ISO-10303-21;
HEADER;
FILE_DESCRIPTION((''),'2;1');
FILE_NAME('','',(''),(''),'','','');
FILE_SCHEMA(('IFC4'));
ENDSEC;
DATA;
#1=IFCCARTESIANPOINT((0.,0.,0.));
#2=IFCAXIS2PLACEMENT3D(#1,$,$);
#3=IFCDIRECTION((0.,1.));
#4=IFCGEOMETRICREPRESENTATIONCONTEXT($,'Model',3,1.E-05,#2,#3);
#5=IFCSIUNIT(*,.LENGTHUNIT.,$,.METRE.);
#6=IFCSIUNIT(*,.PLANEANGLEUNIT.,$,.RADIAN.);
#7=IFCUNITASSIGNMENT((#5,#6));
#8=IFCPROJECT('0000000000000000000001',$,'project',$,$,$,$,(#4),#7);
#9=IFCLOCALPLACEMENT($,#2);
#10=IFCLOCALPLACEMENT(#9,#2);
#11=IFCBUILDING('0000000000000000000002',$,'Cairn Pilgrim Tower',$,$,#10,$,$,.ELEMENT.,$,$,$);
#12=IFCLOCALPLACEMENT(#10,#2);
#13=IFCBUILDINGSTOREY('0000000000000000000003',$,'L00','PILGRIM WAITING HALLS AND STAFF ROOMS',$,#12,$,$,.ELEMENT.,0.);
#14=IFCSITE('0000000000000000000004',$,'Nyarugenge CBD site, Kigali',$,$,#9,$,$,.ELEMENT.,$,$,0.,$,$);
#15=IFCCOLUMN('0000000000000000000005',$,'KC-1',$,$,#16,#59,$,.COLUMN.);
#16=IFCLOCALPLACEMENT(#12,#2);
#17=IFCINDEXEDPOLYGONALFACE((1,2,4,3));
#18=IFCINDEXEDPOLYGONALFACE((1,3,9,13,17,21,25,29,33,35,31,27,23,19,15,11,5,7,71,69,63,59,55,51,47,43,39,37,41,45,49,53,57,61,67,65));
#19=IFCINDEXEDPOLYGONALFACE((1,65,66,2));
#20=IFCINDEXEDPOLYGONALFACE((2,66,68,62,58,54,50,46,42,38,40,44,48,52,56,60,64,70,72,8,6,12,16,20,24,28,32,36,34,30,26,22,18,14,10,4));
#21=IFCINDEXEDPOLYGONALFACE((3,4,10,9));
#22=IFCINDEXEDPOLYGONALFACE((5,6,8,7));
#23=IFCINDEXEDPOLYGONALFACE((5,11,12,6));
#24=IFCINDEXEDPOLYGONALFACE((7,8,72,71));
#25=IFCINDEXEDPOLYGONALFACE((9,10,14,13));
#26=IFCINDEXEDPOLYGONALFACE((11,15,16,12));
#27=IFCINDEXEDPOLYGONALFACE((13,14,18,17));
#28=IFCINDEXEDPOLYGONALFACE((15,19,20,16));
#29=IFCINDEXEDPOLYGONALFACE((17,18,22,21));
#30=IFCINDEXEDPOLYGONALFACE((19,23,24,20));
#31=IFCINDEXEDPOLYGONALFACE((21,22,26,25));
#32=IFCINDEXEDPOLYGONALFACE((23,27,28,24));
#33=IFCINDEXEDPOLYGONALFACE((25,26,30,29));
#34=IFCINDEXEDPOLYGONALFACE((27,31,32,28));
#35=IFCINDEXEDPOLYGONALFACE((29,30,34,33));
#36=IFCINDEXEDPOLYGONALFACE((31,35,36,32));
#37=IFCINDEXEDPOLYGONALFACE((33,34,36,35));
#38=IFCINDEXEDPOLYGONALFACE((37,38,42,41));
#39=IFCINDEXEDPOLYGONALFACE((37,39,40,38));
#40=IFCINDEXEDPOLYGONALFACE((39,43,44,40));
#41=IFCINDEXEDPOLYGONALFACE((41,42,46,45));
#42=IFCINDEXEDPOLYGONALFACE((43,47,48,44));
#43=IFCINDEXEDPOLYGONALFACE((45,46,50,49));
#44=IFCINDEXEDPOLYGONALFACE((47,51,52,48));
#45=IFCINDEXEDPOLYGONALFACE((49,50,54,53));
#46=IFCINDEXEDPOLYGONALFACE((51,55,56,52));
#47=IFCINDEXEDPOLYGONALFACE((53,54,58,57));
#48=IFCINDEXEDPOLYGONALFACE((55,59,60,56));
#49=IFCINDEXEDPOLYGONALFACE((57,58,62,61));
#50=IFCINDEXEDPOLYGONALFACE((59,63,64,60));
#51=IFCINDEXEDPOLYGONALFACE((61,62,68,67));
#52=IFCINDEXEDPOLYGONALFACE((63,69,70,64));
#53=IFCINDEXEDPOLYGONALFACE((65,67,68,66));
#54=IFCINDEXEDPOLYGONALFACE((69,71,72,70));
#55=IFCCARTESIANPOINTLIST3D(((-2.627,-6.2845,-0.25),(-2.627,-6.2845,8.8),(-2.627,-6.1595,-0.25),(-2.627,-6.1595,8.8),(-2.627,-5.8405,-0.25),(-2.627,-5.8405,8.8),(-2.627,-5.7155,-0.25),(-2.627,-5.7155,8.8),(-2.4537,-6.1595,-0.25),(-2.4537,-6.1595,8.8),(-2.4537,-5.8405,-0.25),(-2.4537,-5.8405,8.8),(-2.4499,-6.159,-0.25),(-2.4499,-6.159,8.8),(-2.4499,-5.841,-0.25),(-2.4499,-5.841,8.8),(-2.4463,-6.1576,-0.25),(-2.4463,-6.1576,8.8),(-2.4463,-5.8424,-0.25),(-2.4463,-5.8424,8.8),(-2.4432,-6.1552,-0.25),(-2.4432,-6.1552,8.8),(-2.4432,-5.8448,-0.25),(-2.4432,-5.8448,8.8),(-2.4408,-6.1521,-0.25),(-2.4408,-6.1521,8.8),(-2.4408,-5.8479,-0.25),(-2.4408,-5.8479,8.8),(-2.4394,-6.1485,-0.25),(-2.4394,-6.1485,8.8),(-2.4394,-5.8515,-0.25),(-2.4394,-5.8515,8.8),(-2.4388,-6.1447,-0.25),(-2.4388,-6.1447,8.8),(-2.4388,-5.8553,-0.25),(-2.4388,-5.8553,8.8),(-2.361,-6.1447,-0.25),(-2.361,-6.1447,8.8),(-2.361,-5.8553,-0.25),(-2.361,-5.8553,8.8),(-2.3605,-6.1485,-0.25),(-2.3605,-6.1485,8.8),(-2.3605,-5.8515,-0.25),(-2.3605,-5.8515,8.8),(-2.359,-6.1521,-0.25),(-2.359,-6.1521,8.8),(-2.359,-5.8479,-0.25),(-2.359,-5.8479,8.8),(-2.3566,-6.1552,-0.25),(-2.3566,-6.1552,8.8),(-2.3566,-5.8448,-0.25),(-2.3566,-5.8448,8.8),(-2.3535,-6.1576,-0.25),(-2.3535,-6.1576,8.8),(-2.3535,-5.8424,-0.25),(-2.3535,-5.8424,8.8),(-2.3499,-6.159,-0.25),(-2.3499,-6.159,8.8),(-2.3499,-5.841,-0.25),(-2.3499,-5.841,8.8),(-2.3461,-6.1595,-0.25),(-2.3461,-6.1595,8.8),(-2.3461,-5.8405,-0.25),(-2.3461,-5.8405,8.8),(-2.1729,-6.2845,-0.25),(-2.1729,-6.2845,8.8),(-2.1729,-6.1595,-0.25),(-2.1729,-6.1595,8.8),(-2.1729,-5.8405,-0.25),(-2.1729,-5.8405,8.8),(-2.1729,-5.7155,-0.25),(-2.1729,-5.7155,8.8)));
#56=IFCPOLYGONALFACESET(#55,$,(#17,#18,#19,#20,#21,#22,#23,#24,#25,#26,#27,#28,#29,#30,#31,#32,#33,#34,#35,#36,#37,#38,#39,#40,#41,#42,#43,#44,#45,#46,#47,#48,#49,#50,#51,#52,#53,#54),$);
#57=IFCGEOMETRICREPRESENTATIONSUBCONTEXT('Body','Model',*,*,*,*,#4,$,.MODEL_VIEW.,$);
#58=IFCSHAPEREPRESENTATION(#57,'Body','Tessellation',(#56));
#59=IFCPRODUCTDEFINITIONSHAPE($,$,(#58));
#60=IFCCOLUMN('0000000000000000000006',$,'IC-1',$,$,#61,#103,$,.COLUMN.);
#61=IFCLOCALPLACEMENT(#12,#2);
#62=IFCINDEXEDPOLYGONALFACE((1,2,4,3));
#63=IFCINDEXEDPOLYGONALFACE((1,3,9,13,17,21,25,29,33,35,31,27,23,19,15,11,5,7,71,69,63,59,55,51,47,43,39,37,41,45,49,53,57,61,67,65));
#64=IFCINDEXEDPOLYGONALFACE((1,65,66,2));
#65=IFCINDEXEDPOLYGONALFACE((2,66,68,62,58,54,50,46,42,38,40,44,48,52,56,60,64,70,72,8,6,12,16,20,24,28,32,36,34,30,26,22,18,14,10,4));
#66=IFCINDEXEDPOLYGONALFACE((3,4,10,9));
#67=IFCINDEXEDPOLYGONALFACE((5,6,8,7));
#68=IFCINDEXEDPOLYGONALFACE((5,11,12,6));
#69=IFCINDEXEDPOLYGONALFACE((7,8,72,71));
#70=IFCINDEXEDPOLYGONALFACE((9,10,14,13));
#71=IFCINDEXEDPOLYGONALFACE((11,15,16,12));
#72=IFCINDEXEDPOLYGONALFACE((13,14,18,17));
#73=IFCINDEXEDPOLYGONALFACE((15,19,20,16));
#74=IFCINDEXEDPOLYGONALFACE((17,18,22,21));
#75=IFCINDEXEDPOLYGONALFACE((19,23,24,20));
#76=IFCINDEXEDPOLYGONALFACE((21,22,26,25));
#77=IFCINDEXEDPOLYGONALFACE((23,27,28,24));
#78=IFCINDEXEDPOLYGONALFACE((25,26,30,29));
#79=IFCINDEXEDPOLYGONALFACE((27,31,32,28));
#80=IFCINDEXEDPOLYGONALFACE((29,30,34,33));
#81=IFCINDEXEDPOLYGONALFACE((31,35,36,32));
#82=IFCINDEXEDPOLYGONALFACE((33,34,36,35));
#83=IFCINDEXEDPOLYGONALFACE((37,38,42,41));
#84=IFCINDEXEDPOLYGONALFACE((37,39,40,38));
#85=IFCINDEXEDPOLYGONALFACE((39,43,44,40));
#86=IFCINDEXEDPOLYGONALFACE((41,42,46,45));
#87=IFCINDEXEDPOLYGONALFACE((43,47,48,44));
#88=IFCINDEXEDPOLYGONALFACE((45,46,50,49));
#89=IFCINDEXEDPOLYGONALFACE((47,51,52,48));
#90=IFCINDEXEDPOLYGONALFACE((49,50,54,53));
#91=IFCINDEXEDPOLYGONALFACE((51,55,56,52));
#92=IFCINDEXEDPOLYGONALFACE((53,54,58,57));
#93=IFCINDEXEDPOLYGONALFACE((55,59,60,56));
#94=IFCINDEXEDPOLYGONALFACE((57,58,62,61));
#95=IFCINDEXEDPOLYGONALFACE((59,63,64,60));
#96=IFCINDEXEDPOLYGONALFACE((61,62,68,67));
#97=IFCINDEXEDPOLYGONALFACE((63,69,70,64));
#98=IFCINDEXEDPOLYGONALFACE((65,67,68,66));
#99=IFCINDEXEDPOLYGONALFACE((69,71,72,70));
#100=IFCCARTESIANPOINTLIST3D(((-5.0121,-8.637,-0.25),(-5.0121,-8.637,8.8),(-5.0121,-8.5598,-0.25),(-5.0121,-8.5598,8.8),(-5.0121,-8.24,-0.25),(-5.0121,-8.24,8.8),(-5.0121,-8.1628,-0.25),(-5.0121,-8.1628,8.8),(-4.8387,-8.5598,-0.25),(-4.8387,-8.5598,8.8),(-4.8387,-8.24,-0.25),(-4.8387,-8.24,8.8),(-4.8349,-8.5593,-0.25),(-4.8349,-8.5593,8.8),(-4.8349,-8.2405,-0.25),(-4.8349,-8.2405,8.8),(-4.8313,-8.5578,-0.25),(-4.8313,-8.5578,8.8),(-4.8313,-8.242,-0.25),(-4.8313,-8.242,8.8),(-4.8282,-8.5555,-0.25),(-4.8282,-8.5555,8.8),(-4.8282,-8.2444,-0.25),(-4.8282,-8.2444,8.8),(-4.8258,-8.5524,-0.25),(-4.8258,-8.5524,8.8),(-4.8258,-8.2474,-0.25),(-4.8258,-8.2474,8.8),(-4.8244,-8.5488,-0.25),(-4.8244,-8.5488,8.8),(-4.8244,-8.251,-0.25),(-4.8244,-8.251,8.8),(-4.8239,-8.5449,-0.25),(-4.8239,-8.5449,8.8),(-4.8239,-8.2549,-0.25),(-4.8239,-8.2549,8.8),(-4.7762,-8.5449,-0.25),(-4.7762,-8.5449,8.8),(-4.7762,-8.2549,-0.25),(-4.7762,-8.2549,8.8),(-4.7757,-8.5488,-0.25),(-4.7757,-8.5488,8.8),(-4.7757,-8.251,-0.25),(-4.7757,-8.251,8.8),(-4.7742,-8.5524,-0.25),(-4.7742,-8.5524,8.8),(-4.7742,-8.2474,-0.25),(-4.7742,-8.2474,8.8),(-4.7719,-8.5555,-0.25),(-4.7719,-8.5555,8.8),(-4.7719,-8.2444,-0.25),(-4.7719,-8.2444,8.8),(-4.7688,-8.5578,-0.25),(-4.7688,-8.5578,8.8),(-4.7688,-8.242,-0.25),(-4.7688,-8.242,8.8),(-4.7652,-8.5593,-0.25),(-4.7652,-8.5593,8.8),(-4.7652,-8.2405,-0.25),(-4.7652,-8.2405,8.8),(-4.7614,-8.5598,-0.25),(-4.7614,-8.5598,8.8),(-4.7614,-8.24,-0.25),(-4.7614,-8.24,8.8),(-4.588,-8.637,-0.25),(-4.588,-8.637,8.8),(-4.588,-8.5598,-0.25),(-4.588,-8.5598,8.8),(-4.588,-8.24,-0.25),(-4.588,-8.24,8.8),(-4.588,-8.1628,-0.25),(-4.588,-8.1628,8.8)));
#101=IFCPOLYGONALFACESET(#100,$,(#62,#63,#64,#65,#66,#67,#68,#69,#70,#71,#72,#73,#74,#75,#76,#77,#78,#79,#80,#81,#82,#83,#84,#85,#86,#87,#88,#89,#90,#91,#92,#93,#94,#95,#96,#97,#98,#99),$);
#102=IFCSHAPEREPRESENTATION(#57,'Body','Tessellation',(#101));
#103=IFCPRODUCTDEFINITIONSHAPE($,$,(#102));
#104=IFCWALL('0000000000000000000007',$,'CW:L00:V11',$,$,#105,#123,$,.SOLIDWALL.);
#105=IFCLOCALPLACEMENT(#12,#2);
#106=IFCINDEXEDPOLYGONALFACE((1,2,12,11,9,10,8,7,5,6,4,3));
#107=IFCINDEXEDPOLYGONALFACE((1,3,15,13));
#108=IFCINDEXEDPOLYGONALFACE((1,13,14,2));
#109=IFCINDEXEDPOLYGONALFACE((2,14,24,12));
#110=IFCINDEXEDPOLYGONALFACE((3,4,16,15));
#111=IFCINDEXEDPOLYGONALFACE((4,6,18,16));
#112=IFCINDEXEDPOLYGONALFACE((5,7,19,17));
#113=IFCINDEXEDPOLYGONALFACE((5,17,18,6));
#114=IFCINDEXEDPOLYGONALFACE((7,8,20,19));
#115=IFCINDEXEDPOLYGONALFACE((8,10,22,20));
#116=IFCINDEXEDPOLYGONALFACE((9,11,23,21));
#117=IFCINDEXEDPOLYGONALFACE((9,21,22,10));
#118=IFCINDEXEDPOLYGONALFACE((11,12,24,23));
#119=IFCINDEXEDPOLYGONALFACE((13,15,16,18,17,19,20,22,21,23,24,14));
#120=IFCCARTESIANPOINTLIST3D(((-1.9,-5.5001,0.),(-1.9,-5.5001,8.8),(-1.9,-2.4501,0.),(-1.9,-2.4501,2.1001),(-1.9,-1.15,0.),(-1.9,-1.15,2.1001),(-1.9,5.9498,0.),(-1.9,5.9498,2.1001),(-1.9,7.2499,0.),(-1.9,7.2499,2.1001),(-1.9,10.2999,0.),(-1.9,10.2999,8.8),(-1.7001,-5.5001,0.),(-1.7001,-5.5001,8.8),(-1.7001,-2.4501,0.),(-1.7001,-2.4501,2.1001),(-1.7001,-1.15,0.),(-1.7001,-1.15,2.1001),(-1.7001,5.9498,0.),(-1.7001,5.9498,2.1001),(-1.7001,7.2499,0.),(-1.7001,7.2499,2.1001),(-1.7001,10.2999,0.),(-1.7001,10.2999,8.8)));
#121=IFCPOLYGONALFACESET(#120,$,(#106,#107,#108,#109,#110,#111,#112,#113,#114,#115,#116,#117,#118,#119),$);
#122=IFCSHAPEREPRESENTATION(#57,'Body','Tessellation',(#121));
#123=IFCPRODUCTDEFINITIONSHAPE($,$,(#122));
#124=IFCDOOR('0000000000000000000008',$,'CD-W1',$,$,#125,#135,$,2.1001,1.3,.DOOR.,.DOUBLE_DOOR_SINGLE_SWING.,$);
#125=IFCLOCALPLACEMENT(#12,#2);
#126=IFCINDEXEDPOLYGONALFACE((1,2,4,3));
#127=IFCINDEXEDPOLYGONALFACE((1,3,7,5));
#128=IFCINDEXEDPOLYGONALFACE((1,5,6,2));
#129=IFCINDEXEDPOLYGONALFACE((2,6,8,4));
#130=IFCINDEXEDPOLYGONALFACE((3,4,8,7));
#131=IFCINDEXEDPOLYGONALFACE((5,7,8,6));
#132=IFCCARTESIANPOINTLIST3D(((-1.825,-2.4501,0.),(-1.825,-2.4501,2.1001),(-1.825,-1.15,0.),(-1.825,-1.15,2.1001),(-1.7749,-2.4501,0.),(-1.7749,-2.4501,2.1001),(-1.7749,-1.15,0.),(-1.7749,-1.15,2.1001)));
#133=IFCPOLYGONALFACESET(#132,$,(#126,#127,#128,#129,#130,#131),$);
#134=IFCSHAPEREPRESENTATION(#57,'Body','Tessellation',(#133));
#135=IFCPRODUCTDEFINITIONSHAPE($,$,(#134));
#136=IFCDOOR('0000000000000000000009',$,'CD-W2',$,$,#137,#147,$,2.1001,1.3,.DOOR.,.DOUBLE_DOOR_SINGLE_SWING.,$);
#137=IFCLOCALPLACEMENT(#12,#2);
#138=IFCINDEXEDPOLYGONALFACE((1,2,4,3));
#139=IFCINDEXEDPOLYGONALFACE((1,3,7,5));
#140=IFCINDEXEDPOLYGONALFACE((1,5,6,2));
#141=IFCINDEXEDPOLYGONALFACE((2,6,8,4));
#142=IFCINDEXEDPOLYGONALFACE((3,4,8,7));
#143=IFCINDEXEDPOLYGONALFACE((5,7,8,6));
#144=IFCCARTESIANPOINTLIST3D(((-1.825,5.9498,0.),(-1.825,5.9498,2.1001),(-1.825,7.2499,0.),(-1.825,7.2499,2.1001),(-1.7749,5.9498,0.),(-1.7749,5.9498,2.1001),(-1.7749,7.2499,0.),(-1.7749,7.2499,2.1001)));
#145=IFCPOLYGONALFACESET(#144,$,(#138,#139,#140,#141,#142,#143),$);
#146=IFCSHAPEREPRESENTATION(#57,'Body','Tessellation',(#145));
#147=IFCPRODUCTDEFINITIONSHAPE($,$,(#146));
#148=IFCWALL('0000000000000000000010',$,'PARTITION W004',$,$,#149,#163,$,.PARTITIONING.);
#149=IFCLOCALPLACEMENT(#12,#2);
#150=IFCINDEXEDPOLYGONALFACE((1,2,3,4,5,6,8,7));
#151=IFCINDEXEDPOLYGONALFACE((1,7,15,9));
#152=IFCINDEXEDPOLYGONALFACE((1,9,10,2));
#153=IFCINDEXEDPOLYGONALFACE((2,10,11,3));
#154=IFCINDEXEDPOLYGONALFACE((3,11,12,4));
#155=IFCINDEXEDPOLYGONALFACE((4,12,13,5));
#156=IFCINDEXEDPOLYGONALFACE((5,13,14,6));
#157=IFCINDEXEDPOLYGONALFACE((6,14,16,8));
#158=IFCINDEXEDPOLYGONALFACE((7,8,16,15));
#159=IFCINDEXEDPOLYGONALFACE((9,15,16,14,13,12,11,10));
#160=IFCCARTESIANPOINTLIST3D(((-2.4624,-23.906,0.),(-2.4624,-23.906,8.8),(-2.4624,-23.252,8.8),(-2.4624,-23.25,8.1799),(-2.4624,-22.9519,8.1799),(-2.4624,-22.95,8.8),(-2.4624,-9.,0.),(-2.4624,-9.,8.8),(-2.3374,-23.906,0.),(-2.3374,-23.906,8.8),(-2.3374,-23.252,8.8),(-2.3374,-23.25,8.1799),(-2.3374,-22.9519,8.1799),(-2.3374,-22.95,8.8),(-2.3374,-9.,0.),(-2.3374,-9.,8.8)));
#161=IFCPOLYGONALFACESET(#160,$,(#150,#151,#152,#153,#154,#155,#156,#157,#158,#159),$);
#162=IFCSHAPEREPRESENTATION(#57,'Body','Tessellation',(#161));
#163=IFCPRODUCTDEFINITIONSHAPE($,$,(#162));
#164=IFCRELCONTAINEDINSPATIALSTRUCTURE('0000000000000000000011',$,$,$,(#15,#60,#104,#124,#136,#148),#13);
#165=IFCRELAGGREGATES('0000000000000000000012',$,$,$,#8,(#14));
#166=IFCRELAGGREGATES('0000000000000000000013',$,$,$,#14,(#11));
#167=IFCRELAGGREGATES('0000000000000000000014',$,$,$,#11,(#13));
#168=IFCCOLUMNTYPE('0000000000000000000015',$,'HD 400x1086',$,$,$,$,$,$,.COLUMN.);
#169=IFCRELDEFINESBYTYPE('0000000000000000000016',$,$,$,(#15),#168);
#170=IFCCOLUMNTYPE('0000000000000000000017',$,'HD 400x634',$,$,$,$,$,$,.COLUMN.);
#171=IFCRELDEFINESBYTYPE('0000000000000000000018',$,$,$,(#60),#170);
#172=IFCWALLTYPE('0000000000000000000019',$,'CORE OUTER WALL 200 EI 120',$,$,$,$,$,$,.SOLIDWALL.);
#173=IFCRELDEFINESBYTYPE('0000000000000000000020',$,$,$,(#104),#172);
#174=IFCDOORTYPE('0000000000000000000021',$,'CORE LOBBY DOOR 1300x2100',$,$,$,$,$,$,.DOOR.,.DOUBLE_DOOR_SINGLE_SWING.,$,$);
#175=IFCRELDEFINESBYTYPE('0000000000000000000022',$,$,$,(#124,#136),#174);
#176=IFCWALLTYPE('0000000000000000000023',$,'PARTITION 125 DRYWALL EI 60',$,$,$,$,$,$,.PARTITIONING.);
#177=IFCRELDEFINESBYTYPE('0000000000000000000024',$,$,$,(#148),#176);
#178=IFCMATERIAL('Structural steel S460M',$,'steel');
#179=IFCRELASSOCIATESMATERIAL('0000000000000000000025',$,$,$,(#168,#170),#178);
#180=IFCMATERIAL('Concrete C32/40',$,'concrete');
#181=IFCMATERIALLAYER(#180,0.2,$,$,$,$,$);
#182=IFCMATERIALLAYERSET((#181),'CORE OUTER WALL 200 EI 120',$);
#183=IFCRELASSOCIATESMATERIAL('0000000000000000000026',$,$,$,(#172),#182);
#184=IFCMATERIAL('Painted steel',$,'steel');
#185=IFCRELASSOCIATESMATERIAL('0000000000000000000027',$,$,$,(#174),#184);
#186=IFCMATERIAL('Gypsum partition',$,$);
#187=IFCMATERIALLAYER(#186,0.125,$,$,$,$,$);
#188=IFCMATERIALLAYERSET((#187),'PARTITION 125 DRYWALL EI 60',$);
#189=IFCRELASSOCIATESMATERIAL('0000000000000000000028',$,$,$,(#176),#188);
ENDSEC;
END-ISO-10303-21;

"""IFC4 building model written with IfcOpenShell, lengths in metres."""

from ifc_helpers import new_model, si_unit, direction, frame, frame_2d, origin, origin_2d, place, context, subcontext, project, spatial, polyline, rectangle, i_section, outline, extrude, material, layer, layer_set, material_profile, profile_set, type_object, element, fill, save


model = new_model("IFC4")

# Units and contexts
model_context = context("Model", 3, precision=1e-05, world=origin(), true_north=direction((0.0, 1.0)))
body_context = subcontext(model_context, "Body", "Model", "MODEL_VIEW")
ifc_project = project(units=[si_unit("LENGTHUNIT", "METRE"), si_unit("PLANEANGLEUNIT", "RADIAN")], contexts=[model_context])

# Site, building, storey
site_placement = place(None, origin())
site = spatial("IfcSite", under=ifc_project, at=site_placement, Name="Nyarugenge CBD site, Kigali", CompositionType="ELEMENT", RefElevation=0.0)
building_placement = place(site_placement, origin())
building = spatial("IfcBuilding", under=site, at=building_placement, Name="Cairn Pilgrim Tower", CompositionType="ELEMENT")
storey_placement = place(building_placement, origin())
storey = spatial("IfcBuildingStorey", under=building, at=storey_placement, Name="L00", Description="PILGRIM WAITING HALLS AND STAFF ROOMS", CompositionType="ELEMENT", Elevation=0.0)

# Columns
ifc_material_1 = material(Name="Structural steel S460M", Category="steel")
ifc_material_profile_1 = material_profile(ifc_material_1, i_section(OverallWidth=0.4541, OverallDepth=0.5691, WebThickness=0.0779, FlangeThickness=0.125, FilletRadius=0.0149, at=origin_2d()), Name="HD 400x1086")
ifc_profile_set_1 = profile_set([ifc_material_profile_1], Name="Structural steel S460M")
column_type_1 = type_object("IfcColumnType", Name="HD 400x1086", PredefinedType="COLUMN", material=ifc_profile_set_1)
column_1_placement = place(storey_placement, frame((-2.3999, -6.0, -0.25), z_axis=(0.0, 0.0, 1.0), x_axis=(1.0, 0.0, 0.0)))
element("IfcColumn", 1, at=column_1_placement, inside=storey, type_object=column_type_1, Name="KC-1", PredefinedType="COLUMN", context=body_context, shape_type="SweptSolid", body=[
    extrude(i_section(OverallWidth=0.4541, OverallDepth=0.5691, WebThickness=0.0779, FlangeThickness=0.125, FilletRadius=0.0149, at=origin_2d()), origin(), (0.0, 0.0, 1.0), 9.05),
])
ifc_material_profile_2 = material_profile(ifc_material_1, i_section(OverallWidth=0.4241, OverallDepth=0.4741, WebThickness=0.0476, FlangeThickness=0.0771, FilletRadius=0.0149, at=origin_2d()), Name="HD 400x634")
ifc_profile_set_2 = profile_set([ifc_material_profile_2], Name="Structural steel S460M")
column_type_2 = type_object("IfcColumnType", Name="HD 400x634", PredefinedType="COLUMN", material=ifc_profile_set_2)
column_2_placement = place(storey_placement, frame((-4.8, -8.3999, -0.25), z_axis=(0.0, 0.0, 1.0), x_axis=(1.0, 0.0, 0.0)))
element("IfcColumn", 2, at=column_2_placement, inside=storey, type_object=column_type_2, Name="IC-1", PredefinedType="COLUMN", context=body_context, shape_type="SweptSolid", body=[
    extrude(i_section(OverallWidth=0.4241, OverallDepth=0.4741, WebThickness=0.0476, FlangeThickness=0.0771, FilletRadius=0.0149, at=origin_2d()), origin(), (0.0, 0.0, 1.0), 9.05),
])

# Wall, openings, doors
ifc_material_2 = material(Name="Concrete C32/40", Category="concrete")
ifc_layer_1 = layer(ifc_material_2, 0.2)
ifc_layer_set_1 = layer_set([ifc_layer_1], Name="CORE OUTER WALL 200 EI 120")
wall_type_1 = type_object("IfcWallType", Name="CORE OUTER WALL 200 EI 120", PredefinedType="SOLIDWALL", material=ifc_layer_set_1)
wall_1_placement = place(storey_placement, frame((-1.8, -5.5, 0.0), z_axis=(0.0, 0.0, 1.0), x_axis=(0.0, 1.0, 0.0)))
wall_1 = element("IfcWall", 3, at=wall_1_placement, inside=storey, type_object=wall_type_1, Name="CW:L00:V11", PredefinedType="SOLIDWALL", context=body_context, shape_type="SweptSolid", body=[
    extrude(rectangle(XDim=15.8, YDim=0.2, at=frame_2d((7.8999, 0.0))), origin(), (0.0, 0.0, 1.0), 8.8),
])
opening_1_placement = place(wall_1_placement, frame((3.05, 0.0, 0.0)))
opening_1 = element("IfcOpeningElement", 4, at=opening_1_placement, cuts=wall_1, PredefinedType="OPENING", context=body_context, shape_type="SweptSolid", body=[
    extrude(rectangle(XDim=1.3, YDim=2.1001, at=frame_2d((0.6499, 1.05))), frame((0.0, 0.1099, 0.0), z_axis=(0.0, -1.0, 0.0), x_axis=(1.0, 0.0, 0.0)), (0.0, 0.0, 1.0), 0.22),
])
opening_2_placement = place(wall_1_placement, frame((11.45, 0.0, 0.0)))
opening_2 = element("IfcOpeningElement", 5, at=opening_2_placement, cuts=wall_1, PredefinedType="OPENING", context=body_context, shape_type="SweptSolid", body=[
    extrude(rectangle(XDim=1.3, YDim=2.1001, at=frame_2d((0.6499, 1.05))), frame((0.0, 0.1099, 0.0), z_axis=(0.0, -1.0, 0.0), x_axis=(1.0, 0.0, 0.0)), (0.0, 0.0, 1.0), 0.22),
])
ifc_material_3 = material(Name="Painted steel", Category="steel")
door_type_1 = type_object("IfcDoorType", Name="CORE LOBBY DOOR 1300x2100", OperationType="DOUBLE_DOOR_SINGLE_SWING", PredefinedType="DOOR", material=ifc_material_3)
door_1_placement = place(opening_1_placement, origin())
door_1 = element("IfcDoor", 6, at=door_1_placement, inside=storey, type_object=door_type_1, Name="CD-W1", OperationType="DOUBLE_DOOR_SINGLE_SWING", OverallHeight=2.1001, OverallWidth=1.3, PredefinedType="DOOR", context=body_context, shape_type="SweptSolid", body=[
    extrude(rectangle(XDim=1.3, YDim=2.1001, at=frame_2d((0.6499, 1.05))), frame((0.0, 0.0249, 0.0), z_axis=(0.0, -1.0, 0.0), x_axis=(1.0, 0.0, 0.0)), (0.0, 0.0, 1.0), 0.05),
])
fill(opening_1, door_1)
door_2_placement = place(opening_2_placement, origin())
door_2 = element("IfcDoor", 7, at=door_2_placement, inside=storey, type_object=door_type_1, Name="CD-W2", OperationType="DOUBLE_DOOR_SINGLE_SWING", OverallHeight=2.1001, OverallWidth=1.3, PredefinedType="DOOR", context=body_context, shape_type="SweptSolid", body=[
    extrude(rectangle(XDim=1.3, YDim=2.1001, at=frame_2d((0.6499, 1.05))), frame((0.0, 0.0249, 0.0), z_axis=(0.0, -1.0, 0.0), x_axis=(1.0, 0.0, 0.0)), (0.0, 0.0, 1.0), 0.05),
])
fill(opening_2, door_2)

# Wall
ifc_material_4 = material(Name="Gypsum partition")
ifc_layer_2 = layer(ifc_material_4, 0.125)
ifc_layer_set_2 = layer_set([ifc_layer_2], Name="PARTITION 125 DRYWALL EI 60")
wall_type_2 = type_object("IfcWallType", Name="PARTITION 125 DRYWALL EI 60", PredefinedType="PARTITIONING", material=ifc_layer_set_2)
wall_2_placement = place(storey_placement, frame((-2.3999, -23.906, 0.0), z_axis=(0.0, 0.0, 1.0), x_axis=(0.0, 1.0, 0.0)))
element("IfcWall", 8, at=wall_2_placement, inside=storey, type_object=wall_type_2, Name="PARTITION W004", PredefinedType="PARTITIONING", context=body_context, shape_type="SweptSolid", body=[
    extrude(outline(polyline([(0.0, 0.0), (14.906, 0.0), (14.906, 8.8), (0.9561, 8.8), (0.9541, 8.1799), (0.656, 8.1799), (0.6541, 8.8), (0.0, 8.8), (0.0, 0.0)])), frame((0.0, 0.0625, 0.0), z_axis=(0.0, -1.0, 0.0), x_axis=(1.0, 0.0, 0.0)), (0.0, 0.0, 1.0), 0.125),
])

save(model, "model.ifc")
